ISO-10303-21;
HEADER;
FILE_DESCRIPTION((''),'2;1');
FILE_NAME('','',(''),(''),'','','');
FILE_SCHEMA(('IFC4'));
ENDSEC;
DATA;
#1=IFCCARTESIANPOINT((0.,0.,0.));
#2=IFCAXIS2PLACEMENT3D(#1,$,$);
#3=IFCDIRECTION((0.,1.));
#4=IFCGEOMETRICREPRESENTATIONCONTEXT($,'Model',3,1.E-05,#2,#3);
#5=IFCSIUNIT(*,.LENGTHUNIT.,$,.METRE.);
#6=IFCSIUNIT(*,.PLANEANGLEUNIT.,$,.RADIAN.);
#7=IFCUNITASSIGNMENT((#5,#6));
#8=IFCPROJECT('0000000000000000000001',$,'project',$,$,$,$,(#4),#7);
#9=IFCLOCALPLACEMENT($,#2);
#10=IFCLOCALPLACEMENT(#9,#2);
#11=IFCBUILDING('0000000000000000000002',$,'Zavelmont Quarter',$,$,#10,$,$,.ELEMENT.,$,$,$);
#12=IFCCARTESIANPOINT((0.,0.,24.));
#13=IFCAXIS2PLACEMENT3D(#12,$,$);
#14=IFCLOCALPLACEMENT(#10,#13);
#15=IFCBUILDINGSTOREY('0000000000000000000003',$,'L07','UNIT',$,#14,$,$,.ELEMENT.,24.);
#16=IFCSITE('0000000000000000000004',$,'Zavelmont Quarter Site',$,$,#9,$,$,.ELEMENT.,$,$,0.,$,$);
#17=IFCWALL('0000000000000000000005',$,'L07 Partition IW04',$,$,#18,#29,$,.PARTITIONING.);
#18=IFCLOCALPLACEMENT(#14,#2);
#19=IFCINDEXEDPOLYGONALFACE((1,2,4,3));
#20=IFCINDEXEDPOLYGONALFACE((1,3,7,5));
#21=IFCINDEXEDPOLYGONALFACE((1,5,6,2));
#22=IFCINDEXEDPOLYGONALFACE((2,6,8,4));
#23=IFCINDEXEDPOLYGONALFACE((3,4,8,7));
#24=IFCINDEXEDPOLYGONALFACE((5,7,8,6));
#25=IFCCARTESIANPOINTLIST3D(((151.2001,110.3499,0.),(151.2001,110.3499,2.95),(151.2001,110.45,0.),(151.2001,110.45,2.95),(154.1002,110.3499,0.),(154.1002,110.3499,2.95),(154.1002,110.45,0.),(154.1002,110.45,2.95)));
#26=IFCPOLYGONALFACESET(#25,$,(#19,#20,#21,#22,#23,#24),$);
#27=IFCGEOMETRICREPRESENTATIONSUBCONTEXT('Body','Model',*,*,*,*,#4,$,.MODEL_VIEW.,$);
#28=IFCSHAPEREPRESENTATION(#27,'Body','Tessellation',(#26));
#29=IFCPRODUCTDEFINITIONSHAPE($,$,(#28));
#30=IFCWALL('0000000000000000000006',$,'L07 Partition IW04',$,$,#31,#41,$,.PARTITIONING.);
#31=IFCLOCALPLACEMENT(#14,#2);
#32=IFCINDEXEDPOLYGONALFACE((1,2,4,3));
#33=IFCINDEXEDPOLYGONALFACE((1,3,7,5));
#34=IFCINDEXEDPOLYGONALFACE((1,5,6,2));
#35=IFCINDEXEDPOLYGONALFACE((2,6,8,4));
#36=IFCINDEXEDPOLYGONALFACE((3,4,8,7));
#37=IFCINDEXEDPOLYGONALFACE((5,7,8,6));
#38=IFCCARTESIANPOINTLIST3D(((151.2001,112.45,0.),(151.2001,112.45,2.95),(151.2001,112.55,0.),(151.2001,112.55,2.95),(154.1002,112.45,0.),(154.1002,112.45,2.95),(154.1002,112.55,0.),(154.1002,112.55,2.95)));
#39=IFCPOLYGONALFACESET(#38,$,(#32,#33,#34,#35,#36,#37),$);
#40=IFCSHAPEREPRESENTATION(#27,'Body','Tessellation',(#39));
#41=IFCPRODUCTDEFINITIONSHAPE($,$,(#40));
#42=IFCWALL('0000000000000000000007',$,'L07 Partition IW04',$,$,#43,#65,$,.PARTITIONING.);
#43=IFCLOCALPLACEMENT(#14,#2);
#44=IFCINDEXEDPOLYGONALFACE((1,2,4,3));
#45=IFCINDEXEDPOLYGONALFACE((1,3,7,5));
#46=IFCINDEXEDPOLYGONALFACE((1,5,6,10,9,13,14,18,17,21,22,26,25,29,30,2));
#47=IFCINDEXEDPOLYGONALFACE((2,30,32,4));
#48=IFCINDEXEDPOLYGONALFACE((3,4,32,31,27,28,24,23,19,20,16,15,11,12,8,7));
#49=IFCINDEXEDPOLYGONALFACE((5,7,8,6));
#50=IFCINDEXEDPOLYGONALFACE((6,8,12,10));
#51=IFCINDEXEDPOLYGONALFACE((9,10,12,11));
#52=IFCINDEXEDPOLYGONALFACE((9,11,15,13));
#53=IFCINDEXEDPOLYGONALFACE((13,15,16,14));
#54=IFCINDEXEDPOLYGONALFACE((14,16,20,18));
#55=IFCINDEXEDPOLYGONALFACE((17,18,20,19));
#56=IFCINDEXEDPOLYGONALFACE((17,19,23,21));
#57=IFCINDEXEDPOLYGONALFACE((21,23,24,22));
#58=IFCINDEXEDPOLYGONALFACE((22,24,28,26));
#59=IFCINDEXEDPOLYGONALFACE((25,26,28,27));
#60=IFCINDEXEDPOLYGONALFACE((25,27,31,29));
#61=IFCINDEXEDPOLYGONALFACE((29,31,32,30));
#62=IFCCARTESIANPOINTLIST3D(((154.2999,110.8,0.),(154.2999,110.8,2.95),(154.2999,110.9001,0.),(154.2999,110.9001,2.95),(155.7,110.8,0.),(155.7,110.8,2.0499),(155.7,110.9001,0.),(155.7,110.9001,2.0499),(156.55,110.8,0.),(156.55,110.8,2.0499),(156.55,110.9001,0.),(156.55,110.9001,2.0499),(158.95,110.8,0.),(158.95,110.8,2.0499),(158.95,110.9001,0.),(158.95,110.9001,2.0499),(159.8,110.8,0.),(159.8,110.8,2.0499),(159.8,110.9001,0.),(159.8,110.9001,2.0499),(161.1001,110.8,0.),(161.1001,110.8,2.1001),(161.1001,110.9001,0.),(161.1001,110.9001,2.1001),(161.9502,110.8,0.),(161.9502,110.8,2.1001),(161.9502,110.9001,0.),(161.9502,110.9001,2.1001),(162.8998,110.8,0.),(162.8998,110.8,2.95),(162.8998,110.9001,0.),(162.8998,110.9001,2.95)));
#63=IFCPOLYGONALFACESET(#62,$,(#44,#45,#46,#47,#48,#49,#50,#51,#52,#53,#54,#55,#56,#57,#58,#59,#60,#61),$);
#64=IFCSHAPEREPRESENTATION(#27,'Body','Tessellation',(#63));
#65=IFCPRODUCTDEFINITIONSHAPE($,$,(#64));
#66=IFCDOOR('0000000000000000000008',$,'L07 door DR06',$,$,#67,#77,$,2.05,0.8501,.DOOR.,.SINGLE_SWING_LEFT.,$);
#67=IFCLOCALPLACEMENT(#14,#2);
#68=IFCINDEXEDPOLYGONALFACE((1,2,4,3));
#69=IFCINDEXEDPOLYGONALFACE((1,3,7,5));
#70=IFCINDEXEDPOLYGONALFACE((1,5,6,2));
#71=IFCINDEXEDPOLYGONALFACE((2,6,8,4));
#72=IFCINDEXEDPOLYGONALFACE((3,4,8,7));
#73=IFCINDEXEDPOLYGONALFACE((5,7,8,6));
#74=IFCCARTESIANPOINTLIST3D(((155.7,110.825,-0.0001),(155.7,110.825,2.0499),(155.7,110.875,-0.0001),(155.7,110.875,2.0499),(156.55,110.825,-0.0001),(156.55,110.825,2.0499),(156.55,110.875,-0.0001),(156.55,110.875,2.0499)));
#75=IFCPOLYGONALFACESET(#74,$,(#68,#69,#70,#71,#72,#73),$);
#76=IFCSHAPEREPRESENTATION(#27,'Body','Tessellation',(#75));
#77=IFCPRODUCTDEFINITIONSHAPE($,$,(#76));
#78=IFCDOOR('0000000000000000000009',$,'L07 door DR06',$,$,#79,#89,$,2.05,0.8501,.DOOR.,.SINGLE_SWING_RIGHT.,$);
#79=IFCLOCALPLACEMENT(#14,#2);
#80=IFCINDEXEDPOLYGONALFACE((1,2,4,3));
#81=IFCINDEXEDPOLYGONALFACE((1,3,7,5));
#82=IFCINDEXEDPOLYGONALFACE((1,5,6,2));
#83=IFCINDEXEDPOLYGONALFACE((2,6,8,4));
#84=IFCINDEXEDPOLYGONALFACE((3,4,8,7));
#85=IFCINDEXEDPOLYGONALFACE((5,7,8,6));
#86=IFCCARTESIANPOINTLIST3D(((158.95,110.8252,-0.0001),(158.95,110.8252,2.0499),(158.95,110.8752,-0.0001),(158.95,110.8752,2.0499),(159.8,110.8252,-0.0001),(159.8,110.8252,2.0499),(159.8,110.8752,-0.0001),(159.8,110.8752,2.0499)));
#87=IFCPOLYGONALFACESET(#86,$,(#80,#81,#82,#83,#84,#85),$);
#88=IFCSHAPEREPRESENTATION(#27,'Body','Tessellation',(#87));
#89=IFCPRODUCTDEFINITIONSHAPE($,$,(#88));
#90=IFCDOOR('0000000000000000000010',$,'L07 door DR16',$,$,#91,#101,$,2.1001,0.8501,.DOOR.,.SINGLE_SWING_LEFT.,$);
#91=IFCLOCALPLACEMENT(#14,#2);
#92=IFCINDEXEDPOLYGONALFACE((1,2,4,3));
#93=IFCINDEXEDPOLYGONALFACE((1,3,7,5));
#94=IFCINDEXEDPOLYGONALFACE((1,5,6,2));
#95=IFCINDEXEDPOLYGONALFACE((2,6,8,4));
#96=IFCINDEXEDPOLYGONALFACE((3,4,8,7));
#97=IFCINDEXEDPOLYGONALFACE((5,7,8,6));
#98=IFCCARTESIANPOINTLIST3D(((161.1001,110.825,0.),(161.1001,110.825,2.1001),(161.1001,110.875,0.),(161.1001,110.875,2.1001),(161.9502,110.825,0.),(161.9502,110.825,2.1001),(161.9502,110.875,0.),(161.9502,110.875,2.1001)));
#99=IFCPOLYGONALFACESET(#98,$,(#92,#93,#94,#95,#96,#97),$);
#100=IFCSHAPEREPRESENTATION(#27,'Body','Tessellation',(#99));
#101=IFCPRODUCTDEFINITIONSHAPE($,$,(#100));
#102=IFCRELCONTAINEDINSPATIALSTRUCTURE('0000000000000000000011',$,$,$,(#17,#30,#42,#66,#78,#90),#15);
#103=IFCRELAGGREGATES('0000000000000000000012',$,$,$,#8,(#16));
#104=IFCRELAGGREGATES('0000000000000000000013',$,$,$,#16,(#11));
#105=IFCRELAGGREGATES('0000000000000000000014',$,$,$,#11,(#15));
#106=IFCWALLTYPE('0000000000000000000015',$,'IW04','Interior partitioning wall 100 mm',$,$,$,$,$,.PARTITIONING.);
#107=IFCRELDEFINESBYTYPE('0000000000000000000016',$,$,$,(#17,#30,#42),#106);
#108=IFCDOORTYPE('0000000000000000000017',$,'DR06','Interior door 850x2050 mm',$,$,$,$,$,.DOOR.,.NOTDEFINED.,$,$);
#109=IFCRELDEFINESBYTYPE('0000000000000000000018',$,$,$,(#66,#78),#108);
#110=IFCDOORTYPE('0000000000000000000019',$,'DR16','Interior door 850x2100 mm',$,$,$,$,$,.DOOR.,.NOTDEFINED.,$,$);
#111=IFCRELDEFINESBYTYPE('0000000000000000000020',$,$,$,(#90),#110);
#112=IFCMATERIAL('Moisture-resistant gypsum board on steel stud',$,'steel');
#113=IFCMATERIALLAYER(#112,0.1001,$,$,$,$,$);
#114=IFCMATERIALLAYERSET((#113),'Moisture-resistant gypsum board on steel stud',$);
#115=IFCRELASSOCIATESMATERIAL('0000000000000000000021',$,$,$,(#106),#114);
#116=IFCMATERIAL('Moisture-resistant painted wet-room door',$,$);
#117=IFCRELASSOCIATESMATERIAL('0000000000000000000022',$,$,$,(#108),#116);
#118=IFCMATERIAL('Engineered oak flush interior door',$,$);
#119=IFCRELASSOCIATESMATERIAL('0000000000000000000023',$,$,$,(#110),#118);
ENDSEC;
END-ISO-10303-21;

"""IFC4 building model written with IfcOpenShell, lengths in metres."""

from ifc_helpers import new_model, si_unit, direction, frame, frame_2d, origin, origin_with_axes, place, context, subcontext, project, spatial, rectangle, extrude, material, layer, layer_set, type_object, element, fill, save


model = new_model("IFC4")

# Units and contexts
model_context = context("Model", 3, precision=1e-05, world=origin(), true_north=direction((0.0, 1.0)))
body_context = subcontext(model_context, "Body", "Model", "MODEL_VIEW")
ifc_project = project(units=[si_unit("LENGTHUNIT", "METRE"), si_unit("PLANEANGLEUNIT", "RADIAN")], contexts=[model_context])

# Site, building, storey
site_placement = place(None, origin())
site = spatial("IfcSite", under=ifc_project, at=site_placement, Name="Zavelmont Quarter Site", CompositionType="ELEMENT", RefElevation=0.0)
building_placement = place(site_placement, origin())
building = spatial("IfcBuilding", under=site, at=building_placement, Name="Zavelmont Quarter", CompositionType="ELEMENT")
storey_placement = place(building_placement, frame((0.0, 0.0, 24.0)))
storey = spatial("IfcBuildingStorey", under=building, at=storey_placement, Name="L07", Description="UNIT", CompositionType="ELEMENT", Elevation=24.0)

# Walls
ifc_material_1 = material(Name="Moisture-resistant gypsum board on steel stud", Category="steel")
ifc_layer_1 = layer(ifc_material_1, 0.1001)
ifc_layer_set_1 = layer_set([ifc_layer_1], Name="Moisture-resistant gypsum board on steel stud")
wall_type_1 = type_object("IfcWallType", Name="IW04", Description="Interior partitioning wall 100 mm", PredefinedType="PARTITIONING", material=ifc_layer_set_1)
for number, where, z_axis, x_axis, name in (
    (1, (151.2, 110.3999, 0.0), (0.0, 0.0, 1.0), (1.0, 0.0, 0.0), "L07 Partition IW04"),
    (2, (151.2, 112.5, 0.0), (0.0, 0.0, 1.0), (1.0, 0.0, 0.0), "L07 Partition IW04"),
):
    element("IfcWall", number, at=place(storey_placement, frame(where, z_axis=z_axis, x_axis=x_axis)), inside=storey, type_object=wall_type_1, Name=name, PredefinedType="PARTITIONING", context=body_context, shape_type="SweptSolid", body=[
        extrude(rectangle(XDim=2.9001, YDim=0.1001, at=frame_2d((1.4502, 0.0))), origin(), (0.0, 0.0, 1.0), 2.95),
    ])

# Wall, openings, doors
wall_1_placement = place(storey_placement, frame((154.3, 110.8501, 0.0), z_axis=(0.0, 0.0, 1.0), x_axis=(1.0, 0.0, 0.0)))
wall_1 = element("IfcWall", 3, at=wall_1_placement, inside=storey, type_object=wall_type_1, Name="L07 Partition IW04", PredefinedType="PARTITIONING", context=body_context, shape_type="SweptSolid", body=[
    extrude(rectangle(XDim=8.5999, YDim=0.1001, at=frame_2d((4.2998, 0.0))), origin(), (0.0, 0.0, 1.0), 2.95),
])
opening_1_placement = place(wall_1_placement, frame((1.3999, 0.0, 0.0)))
opening_1 = element("IfcOpeningElement", 4, at=opening_1_placement, cuts=wall_1, PredefinedType="OPENING", context=body_context, shape_type="SweptSolid", body=[
    extrude(rectangle(XDim=0.8501, YDim=2.05, at=frame_2d((0.425, 1.0249))), frame((0.0, 0.062, 0.0), z_axis=(0.0, -1.0, 0.0), x_axis=(1.0, 0.0, 0.0)), (0.0, 0.0, 1.0), 0.124),
])
opening_2_placement = place(wall_1_placement, frame((4.6499, 0.0, 0.0)))
opening_2 = element("IfcOpeningElement", 5, at=opening_2_placement, cuts=wall_1, PredefinedType="OPENING", context=body_context, shape_type="SweptSolid", body=[
    extrude(rectangle(XDim=0.8501, YDim=2.05, at=frame_2d((0.425, 1.0249))), frame((0.0, 0.062, 0.0), z_axis=(0.0, -1.0, 0.0), x_axis=(1.0, 0.0, 0.0)), (0.0, 0.0, 1.0), 0.124),
])
opening_3_placement = place(wall_1_placement, frame((6.8, 0.0, 0.0)))
opening_3 = element("IfcOpeningElement", 6, at=opening_3_placement, cuts=wall_1, PredefinedType="OPENING", context=body_context, shape_type="SweptSolid", body=[
    extrude(rectangle(XDim=0.8501, YDim=2.1001, at=frame_2d((0.425, 1.05))), frame((0.0, 0.062, 0.0), z_axis=(0.0, -1.0, 0.0), x_axis=(1.0, 0.0, 0.0)), (0.0, 0.0, 1.0), 0.124),
])
ifc_material_2 = material(Name="Moisture-resistant painted wet-room door")
door_type_1 = type_object("IfcDoorType", Name="DR06", Description="Interior door 850x2050 mm", OperationType="NOTDEFINED", PredefinedType="DOOR", material=ifc_material_2)
door_1_placement = place(opening_1_placement, origin_with_axes())
door_1 = element("IfcDoor", 7, at=door_1_placement, inside=storey, type_object=door_type_1, Name="L07 door DR06", OperationType="SINGLE_SWING_LEFT", OverallHeight=2.05, OverallWidth=0.8501, PredefinedType="DOOR", context=body_context, shape_type="SweptSolid", body=[
    extrude(rectangle(XDim=0.8501, YDim=2.05, at=frame_2d((0.425, 1.0249))), frame((0.0, 0.0249, 0.0), z_axis=(0.0, -1.0, 0.0), x_axis=(1.0, 0.0, 0.0)), (0.0, 0.0, 1.0), 0.05),
])
fill(opening_1, door_1)
door_2_placement = place(opening_2_placement, frame((0.8501, 0.0, 0.0), z_axis=(0.0, 0.0, 1.0), x_axis=(-1.0, 0.0, 0.0)))
door_2 = element("IfcDoor", 8, at=door_2_placement, inside=storey, type_object=door_type_1, Name="L07 door DR06", OperationType="SINGLE_SWING_RIGHT", OverallHeight=2.05, OverallWidth=0.8501, PredefinedType="DOOR", context=body_context, shape_type="SweptSolid", body=[
    extrude(rectangle(XDim=0.8501, YDim=2.05, at=frame_2d((0.425, 1.0249))), frame((0.0, 0.0249, 0.0), z_axis=(0.0, -1.0, 0.0), x_axis=(1.0, 0.0, 0.0)), (0.0, 0.0, 1.0), 0.05),
])
fill(opening_2, door_2)
ifc_material_3 = material(Name="Engineered oak flush interior door")
door_type_2 = type_object("IfcDoorType", Name="DR16", Description="Interior door 850x2100 mm", OperationType="NOTDEFINED", PredefinedType="DOOR", material=ifc_material_3)
door_3_placement = place(opening_3_placement, origin_with_axes())
door_3 = element("IfcDoor", 9, at=door_3_placement, inside=storey, type_object=door_type_2, Name="L07 door DR16", OperationType="SINGLE_SWING_LEFT", OverallHeight=2.1001, OverallWidth=0.8501, PredefinedType="DOOR", context=body_context, shape_type="SweptSolid", body=[
    extrude(rectangle(XDim=0.8501, YDim=2.1001, at=frame_2d((0.425, 1.05))), frame((0.0, 0.0249, 0.0), z_axis=(0.0, -1.0, 0.0), x_axis=(1.0, 0.0, 0.0)), (0.0, 0.0, 1.0), 0.05),
])
fill(opening_3, door_3)

save(model, "model.ifc")
